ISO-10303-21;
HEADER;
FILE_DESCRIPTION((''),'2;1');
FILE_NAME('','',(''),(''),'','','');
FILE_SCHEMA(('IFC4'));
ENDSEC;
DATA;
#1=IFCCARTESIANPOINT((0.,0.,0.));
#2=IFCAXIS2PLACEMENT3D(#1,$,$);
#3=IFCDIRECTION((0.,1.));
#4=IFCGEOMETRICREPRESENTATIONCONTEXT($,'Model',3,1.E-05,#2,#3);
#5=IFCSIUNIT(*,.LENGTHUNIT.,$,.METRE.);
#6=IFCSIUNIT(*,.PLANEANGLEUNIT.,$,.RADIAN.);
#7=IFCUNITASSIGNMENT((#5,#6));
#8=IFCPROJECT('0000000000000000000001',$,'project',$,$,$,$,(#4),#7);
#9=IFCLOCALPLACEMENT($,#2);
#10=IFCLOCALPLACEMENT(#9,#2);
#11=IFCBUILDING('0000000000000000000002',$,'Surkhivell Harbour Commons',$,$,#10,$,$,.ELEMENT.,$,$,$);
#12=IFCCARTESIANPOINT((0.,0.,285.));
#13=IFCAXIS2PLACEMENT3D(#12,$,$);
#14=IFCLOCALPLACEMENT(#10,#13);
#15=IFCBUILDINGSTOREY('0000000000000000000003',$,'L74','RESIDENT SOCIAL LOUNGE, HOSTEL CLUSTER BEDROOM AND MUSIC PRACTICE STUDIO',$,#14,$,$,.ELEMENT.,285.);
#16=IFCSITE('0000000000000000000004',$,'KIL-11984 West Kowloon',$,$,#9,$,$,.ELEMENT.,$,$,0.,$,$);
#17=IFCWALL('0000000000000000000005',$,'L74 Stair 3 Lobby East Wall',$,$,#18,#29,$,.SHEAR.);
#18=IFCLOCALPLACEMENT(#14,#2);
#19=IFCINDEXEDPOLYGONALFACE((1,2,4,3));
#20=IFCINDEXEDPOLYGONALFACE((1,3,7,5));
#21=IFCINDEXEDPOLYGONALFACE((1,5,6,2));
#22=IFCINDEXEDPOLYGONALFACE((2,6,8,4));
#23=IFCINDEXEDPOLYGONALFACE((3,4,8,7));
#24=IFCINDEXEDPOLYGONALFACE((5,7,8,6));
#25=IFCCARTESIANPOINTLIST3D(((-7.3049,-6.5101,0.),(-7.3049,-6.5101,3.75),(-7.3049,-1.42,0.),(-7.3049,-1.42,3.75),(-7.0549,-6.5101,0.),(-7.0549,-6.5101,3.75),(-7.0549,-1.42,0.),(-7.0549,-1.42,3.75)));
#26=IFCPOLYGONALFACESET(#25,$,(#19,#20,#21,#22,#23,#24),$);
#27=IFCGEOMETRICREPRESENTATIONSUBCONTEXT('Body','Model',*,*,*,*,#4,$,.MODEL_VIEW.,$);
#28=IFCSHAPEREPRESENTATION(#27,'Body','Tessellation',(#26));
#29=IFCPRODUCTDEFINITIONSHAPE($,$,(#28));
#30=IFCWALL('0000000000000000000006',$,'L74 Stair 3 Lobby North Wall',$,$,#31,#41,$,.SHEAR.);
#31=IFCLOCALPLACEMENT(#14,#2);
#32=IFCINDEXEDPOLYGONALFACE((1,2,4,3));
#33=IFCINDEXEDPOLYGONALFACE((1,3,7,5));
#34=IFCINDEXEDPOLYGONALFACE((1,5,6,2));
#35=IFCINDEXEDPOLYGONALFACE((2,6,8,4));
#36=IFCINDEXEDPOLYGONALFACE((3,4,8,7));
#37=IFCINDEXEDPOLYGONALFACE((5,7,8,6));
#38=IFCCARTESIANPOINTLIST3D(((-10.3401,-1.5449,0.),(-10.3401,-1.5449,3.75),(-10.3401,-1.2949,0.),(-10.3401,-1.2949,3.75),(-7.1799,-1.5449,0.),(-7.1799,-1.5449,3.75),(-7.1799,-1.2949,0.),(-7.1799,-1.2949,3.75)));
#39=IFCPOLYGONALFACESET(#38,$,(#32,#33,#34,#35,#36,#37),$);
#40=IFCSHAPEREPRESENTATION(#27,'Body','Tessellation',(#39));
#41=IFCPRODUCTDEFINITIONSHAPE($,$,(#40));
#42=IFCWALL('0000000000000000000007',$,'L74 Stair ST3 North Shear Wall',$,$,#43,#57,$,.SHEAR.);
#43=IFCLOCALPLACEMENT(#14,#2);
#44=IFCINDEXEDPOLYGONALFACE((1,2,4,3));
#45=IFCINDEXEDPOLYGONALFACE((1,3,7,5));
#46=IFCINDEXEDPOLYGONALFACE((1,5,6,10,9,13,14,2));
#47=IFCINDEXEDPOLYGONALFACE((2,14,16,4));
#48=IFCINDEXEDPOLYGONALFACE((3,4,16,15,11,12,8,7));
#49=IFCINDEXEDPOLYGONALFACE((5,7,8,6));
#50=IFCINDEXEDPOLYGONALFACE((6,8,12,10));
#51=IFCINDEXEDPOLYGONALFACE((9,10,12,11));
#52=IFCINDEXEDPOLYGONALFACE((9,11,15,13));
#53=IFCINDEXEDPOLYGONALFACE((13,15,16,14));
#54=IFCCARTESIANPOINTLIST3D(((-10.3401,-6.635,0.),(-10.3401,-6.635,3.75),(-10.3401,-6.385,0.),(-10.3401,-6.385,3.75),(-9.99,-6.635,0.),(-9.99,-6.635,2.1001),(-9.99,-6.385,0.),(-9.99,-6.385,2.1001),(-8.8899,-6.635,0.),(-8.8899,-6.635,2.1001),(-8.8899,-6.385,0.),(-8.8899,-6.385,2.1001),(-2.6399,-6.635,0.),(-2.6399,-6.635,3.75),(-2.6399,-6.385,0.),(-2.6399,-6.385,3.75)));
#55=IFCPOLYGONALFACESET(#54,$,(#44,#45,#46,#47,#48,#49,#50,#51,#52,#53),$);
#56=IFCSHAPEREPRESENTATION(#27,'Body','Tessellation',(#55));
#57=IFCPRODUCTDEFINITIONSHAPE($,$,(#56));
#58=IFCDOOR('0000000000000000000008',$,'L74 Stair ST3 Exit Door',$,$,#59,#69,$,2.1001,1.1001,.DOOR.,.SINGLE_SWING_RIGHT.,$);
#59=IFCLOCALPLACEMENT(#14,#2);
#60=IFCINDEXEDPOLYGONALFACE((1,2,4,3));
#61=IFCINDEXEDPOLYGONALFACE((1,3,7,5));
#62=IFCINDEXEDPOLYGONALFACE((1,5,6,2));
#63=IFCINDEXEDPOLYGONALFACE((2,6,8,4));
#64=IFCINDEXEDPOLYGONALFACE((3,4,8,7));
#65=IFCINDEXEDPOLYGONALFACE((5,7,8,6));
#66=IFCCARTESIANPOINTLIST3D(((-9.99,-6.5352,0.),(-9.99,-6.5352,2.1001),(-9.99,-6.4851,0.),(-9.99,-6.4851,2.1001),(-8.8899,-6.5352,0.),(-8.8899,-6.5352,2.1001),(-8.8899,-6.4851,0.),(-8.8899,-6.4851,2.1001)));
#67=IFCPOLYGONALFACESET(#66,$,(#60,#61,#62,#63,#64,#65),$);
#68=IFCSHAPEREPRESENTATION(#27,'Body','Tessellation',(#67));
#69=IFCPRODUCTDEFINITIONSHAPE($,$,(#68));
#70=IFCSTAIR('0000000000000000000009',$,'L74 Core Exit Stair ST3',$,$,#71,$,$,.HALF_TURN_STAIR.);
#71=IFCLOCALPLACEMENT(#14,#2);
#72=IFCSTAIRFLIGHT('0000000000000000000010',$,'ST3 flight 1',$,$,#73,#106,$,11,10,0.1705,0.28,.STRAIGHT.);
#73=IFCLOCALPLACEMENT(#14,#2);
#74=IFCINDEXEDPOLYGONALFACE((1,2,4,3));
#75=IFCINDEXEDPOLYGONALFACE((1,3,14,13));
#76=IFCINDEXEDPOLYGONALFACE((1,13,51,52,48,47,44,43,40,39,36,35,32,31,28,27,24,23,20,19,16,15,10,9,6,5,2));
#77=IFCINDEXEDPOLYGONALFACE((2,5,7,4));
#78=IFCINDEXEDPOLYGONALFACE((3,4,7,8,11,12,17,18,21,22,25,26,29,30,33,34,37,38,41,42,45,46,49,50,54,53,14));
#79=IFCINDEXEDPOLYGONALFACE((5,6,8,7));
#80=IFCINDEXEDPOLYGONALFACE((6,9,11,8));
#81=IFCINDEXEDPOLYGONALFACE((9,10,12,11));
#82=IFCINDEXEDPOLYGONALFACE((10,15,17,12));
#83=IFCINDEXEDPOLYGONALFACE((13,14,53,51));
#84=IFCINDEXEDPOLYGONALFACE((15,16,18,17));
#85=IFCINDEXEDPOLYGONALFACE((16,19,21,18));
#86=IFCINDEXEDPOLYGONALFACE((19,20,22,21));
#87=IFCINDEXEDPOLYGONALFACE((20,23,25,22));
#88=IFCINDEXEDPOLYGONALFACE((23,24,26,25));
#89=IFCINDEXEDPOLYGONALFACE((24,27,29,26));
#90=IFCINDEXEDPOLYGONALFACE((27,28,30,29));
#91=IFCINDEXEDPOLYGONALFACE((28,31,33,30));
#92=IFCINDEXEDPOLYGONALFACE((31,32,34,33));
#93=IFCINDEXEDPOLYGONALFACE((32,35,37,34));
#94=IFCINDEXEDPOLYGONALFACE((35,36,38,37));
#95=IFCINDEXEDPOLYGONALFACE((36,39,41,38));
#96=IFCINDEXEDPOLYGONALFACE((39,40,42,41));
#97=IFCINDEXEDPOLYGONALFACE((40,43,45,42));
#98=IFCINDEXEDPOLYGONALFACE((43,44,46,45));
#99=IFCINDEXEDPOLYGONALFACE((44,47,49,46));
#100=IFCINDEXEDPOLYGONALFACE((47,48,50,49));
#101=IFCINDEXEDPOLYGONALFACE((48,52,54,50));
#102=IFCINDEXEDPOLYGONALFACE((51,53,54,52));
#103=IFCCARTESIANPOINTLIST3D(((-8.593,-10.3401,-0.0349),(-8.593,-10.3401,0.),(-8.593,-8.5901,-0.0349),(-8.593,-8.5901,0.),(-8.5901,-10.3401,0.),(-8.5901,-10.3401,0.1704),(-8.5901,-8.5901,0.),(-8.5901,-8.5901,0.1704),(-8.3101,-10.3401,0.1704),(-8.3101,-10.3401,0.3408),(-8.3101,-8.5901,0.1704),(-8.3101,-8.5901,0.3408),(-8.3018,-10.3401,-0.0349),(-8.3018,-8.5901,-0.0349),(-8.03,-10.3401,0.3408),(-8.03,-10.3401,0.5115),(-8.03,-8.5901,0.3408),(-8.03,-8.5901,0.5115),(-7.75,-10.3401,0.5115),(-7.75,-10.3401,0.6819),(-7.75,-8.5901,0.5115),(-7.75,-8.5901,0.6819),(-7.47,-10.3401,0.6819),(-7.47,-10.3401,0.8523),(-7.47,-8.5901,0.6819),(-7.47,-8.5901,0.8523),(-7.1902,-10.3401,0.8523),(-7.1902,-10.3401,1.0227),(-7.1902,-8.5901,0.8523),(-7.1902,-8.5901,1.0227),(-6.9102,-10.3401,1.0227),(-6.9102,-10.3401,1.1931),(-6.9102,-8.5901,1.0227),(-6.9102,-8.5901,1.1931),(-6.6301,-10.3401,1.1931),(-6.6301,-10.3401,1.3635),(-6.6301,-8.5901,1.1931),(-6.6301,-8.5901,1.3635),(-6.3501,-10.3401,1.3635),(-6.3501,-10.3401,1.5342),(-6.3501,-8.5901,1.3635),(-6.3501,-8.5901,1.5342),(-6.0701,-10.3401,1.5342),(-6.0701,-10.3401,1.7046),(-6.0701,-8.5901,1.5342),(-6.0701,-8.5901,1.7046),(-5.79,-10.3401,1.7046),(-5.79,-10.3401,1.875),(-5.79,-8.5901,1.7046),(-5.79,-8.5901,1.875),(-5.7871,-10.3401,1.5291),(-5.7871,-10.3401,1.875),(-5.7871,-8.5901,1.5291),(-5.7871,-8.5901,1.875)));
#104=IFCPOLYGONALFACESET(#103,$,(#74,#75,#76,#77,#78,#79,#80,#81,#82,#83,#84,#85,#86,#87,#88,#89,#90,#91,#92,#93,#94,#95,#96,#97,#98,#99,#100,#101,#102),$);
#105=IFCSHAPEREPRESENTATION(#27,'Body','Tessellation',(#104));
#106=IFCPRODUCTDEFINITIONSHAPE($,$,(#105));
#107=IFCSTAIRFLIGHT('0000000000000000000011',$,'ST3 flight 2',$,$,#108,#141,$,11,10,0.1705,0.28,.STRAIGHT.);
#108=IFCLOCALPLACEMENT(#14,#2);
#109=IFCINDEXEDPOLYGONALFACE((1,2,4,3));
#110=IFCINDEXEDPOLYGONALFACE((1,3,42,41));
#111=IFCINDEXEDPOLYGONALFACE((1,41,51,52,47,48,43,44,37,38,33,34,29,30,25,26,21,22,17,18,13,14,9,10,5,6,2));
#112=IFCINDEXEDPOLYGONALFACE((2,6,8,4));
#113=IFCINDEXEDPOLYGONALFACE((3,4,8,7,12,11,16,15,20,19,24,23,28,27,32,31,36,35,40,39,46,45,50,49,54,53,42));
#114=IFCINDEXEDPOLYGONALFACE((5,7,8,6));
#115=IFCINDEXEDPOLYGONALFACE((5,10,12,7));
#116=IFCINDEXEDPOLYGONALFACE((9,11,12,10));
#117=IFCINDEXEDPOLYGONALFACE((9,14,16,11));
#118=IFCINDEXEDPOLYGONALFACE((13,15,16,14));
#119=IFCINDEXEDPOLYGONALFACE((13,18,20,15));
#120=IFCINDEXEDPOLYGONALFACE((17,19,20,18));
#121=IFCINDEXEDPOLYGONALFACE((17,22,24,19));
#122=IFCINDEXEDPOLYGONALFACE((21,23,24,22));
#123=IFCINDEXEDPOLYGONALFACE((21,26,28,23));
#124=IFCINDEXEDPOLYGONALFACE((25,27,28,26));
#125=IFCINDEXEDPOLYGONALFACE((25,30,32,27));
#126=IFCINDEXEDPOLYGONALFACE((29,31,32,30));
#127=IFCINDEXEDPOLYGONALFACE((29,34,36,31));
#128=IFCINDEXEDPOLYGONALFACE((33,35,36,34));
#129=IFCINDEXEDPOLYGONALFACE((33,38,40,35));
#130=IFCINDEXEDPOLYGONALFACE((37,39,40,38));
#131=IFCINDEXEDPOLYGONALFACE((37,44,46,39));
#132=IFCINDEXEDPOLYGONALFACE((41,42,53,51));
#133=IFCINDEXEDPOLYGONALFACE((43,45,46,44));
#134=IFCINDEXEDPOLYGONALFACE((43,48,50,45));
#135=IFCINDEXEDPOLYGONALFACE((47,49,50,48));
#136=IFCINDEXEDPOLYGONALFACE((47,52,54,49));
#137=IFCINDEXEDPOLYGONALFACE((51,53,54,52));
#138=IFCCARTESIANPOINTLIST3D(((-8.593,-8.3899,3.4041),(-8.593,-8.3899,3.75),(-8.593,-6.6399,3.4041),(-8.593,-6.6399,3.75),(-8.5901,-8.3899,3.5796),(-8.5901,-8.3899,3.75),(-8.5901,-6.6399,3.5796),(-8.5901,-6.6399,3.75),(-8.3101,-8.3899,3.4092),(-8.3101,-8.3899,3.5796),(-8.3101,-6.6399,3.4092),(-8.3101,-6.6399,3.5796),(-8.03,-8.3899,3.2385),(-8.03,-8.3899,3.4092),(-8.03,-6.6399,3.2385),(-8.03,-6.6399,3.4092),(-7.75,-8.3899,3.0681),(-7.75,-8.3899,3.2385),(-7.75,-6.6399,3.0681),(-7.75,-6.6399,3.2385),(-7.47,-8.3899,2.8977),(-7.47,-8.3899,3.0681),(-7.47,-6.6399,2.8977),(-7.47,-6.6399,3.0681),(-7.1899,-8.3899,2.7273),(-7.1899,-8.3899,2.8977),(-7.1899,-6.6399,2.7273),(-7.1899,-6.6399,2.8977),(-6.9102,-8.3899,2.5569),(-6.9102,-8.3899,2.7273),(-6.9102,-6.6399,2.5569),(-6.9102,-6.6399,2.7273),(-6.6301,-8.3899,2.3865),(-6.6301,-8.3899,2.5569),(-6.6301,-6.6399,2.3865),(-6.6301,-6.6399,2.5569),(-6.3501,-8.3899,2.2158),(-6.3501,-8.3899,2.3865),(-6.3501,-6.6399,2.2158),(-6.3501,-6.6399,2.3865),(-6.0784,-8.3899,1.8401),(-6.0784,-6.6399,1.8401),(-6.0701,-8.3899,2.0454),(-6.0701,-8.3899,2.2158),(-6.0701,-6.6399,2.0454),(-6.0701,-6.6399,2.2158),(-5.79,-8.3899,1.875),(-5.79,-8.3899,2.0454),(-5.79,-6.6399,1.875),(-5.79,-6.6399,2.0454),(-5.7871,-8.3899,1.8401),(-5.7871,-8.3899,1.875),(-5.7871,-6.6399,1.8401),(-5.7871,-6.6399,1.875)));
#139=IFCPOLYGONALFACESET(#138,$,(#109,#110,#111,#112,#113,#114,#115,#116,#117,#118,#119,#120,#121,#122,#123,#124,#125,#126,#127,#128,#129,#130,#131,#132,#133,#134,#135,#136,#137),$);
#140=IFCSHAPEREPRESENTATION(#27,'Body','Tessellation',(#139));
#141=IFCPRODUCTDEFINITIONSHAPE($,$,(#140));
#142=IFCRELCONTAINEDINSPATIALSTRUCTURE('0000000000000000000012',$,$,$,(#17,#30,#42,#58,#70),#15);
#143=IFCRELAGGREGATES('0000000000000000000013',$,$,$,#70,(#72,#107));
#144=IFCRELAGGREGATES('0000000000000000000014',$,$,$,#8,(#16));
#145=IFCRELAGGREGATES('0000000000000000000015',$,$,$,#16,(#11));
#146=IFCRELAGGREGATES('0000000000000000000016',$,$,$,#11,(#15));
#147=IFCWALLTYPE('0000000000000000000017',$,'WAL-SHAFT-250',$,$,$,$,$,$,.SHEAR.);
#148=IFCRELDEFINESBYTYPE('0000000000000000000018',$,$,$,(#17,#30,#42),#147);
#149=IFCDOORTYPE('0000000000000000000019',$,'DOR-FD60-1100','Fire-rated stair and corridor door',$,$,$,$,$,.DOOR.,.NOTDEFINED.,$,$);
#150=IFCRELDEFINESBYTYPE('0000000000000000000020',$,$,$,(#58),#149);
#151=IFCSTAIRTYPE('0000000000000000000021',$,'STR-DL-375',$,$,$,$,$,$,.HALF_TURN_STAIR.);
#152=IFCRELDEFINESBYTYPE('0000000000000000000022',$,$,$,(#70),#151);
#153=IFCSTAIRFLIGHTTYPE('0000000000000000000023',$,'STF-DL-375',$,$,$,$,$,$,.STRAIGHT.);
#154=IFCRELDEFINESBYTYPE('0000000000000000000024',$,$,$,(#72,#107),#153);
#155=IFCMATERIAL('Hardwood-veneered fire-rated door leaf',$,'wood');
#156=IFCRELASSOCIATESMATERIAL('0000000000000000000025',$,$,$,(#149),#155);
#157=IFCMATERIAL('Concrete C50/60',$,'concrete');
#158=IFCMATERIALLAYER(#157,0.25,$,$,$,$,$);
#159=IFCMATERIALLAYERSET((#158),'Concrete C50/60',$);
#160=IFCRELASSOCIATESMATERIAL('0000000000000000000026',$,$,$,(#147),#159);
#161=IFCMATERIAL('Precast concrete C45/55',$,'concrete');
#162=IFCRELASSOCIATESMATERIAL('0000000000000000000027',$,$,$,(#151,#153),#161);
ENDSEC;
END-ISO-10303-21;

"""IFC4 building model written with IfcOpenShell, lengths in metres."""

from ifc_helpers import new_model, si_unit, direction, frame, frame_2d, origin, place, context, subcontext, project, spatial, polyline, rectangle, outline, extrude, material, layer, layer_set, type_object, element, fill, aggregate, save


model = new_model("IFC4")

# Units and contexts
model_context = context("Model", 3, precision=1e-05, world=origin(), true_north=direction((0.0, 1.0)))
body_context = subcontext(model_context, "Body", "Model", "MODEL_VIEW")
ifc_project = project(units=[si_unit("LENGTHUNIT", "METRE"), si_unit("PLANEANGLEUNIT", "RADIAN")], contexts=[model_context])

# Site, building, storey
site_placement = place(None, origin())
site = spatial("IfcSite", under=ifc_project, at=site_placement, Name="KIL-11984 West Kowloon", CompositionType="ELEMENT", RefElevation=0.0)
building_placement = place(site_placement, origin())
building = spatial("IfcBuilding", under=site, at=building_placement, Name="Surkhivell Harbour Commons", CompositionType="ELEMENT")
storey_placement = place(building_placement, frame((0.0, 0.0, 285.0)))
storey = spatial("IfcBuildingStorey", under=building, at=storey_placement, Name="L74", Description="RESIDENT SOCIAL LOUNGE, HOSTEL CLUSTER BEDROOM AND MUSIC PRACTICE STUDIO", CompositionType="ELEMENT", Elevation=285.0)

# Shared definitions
ifc_material_1 = material(Name="Concrete C50/60", Category="concrete")

# Shared definitions
ifc_material_2 = material(Name="Hardwood-veneered fire-rated door leaf", Category="wood")
door_type_1 = type_object("IfcDoorType", Name="DOR-FD60-1100", Description="Fire-rated stair and corridor door", OperationType="NOTDEFINED", PredefinedType="DOOR", material=ifc_material_2)

# Walls
ifc_layer_1 = layer(ifc_material_1, 0.25)
ifc_layer_set_1 = layer_set([ifc_layer_1], Name="Concrete C50/60")
wall_type_1 = type_object("IfcWallType", Name="WAL-SHAFT-250", PredefinedType="SHEAR", material=ifc_layer_set_1)
wall_1_placement = place(storey_placement, frame((-7.1799, -6.51, 0.0), z_axis=(0.0, 0.0, 1.0), x_axis=(0.0, 1.0, 0.0)))
element("IfcWall", 1, at=wall_1_placement, inside=storey, type_object=wall_type_1, Name="L74 Stair 3 Lobby East Wall", PredefinedType="SHEAR", context=body_context, shape_type="SweptSolid", body=[
    extrude(rectangle(XDim=5.0901, YDim=0.25, at=frame_2d((2.5449, 0.0))), origin(), (0.0, 0.0, 1.0), 3.75),
])
wall_2_placement = place(storey_placement, frame((-10.3401, -1.4199, 0.0), z_axis=(0.0, 0.0, 1.0), x_axis=(1.0, 0.0, 0.0)))
element("IfcWall", 2, at=wall_2_placement, inside=storey, type_object=wall_type_1, Name="L74 Stair 3 Lobby North Wall", PredefinedType="SHEAR", context=body_context, shape_type="SweptSolid", body=[
    extrude(rectangle(XDim=3.1602, YDim=0.25, at=frame_2d((1.5801, 0.0))), origin(), (0.0, 0.0, 1.0), 3.75),
])

# Wall, opening, door
wall_3_placement = place(storey_placement, frame((-10.3401, -6.51, 0.0), z_axis=(0.0, 0.0, 1.0), x_axis=(1.0, 0.0, 0.0)))
wall_3 = element("IfcWall", 3, at=wall_3_placement, inside=storey, type_object=wall_type_1, Name="L74 Stair ST3 North Shear Wall", PredefinedType="SHEAR", context=body_context, shape_type="SweptSolid", body=[
    extrude(rectangle(XDim=7.7002, YDim=0.25, at=frame_2d((3.8501, 0.0))), origin(), (0.0, 0.0, 1.0), 3.75),
])
opening_1_placement = place(wall_3_placement, frame((0.3501, 0.0, 0.0)))
opening_1 = element("IfcOpeningElement", 4, at=opening_1_placement, cuts=wall_3, PredefinedType="OPENING", context=body_context, shape_type="SweptSolid", body=[
    extrude(rectangle(XDim=1.1001, YDim=2.1001, at=frame_2d((0.55, 1.05))), frame((0.0, 0.135, 0.0), z_axis=(0.0, -1.0, 0.0), x_axis=(1.0, 0.0, 0.0)), (0.0, 0.0, 1.0), 0.27),
])
door_1_placement = place(opening_1_placement, origin())
door_1 = element("IfcDoor", 5, at=door_1_placement, inside=storey, type_object=door_type_1, Name="L74 Stair ST3 Exit Door", OperationType="SINGLE_SWING_RIGHT", OverallHeight=2.1001, OverallWidth=1.1001, PredefinedType="DOOR", context=body_context, shape_type="SweptSolid", body=[
    extrude(rectangle(XDim=1.1001, YDim=2.1001, at=frame_2d((0.55, 1.05))), frame((0.0, 0.0249, 0.0), z_axis=(0.0, -1.0, 0.0), x_axis=(1.0, 0.0, 0.0)), (0.0, 0.0, 1.0), 0.05),
])
fill(opening_1, door_1)

# Stair, stair flights
ifc_material_3 = material(Name="Precast concrete C45/55", Category="concrete")
stair_type = type_object("IfcStairType", Name="STR-DL-375", PredefinedType="HALF_TURN_STAIR", material=ifc_material_3)
stair_placement = place(storey_placement, origin())
stair = element("IfcStair", 6, at=stair_placement, inside=storey, type_object=stair_type, Name="L74 Core Exit Stair ST3", PredefinedType="HALF_TURN_STAIR")
stair_flight_type = type_object("IfcStairFlightType", Name="STF-DL-375", PredefinedType="STRAIGHT", material=ifc_material_3)
stair_flight_1_placement = place(storey_placement, frame((-8.5901, -9.4651, 0.0), z_axis=(0.0, 0.0, 1.0), x_axis=(1.0, 0.0, 0.0)))
stair_flight_1 = element("IfcStairFlight", 7, at=stair_flight_1_placement, type_object=stair_flight_type, Name="ST3 flight 1", NumberOfRisers=11, NumberOfTreads=10, PredefinedType="STRAIGHT", RiserHeight=0.1705, TreadLength=0.28, context=body_context, shape_type="SweptSolid", body=[
    extrude(outline(polyline([(-0.0029, -0.0349), (-0.0029, 0.0), (0.0, 0.0), (0.0, 0.1704), (0.28, 0.1704), (0.28, 0.3408), (0.5601, 0.3408), (0.5601, 0.5115), (0.8401, 0.5115), (0.8401, 0.6819), (1.1201, 0.6819), (1.1201, 0.8523), (1.3999, 0.8523), (1.3999, 1.0227), (1.6799, 1.0227), (1.6799, 1.1931), (1.96, 1.1931), (1.96, 1.3635), (2.24, 1.3635), (2.24, 1.5342), (2.52, 1.5342), (2.52, 1.7046), (2.8, 1.7046), (2.8, 1.875), (2.803, 1.875), (2.803, 1.5291), (0.2883, -0.0349), (-0.0029, -0.0349)])), frame((0.0, 0.875, 0.0), z_axis=(0.0, -1.0, 0.0), x_axis=(1.0, 0.0, 0.0)), (0.0, 0.0, 1.0), 1.75),
])
stair_flight_2_placement = place(storey_placement, frame((-5.79, -7.5149, 1.875), z_axis=(0.0, 0.0, 1.0), x_axis=(-1.0, 0.0, 0.0)))
stair_flight_2 = element("IfcStairFlight", 8, at=stair_flight_2_placement, type_object=stair_flight_type, Name="ST3 flight 2", NumberOfRisers=11, NumberOfTreads=10, PredefinedType="STRAIGHT", RiserHeight=0.1705, TreadLength=0.28, context=body_context, shape_type="SweptSolid", body=[
    extrude(outline(polyline([(-0.0029, -0.0349), (-0.0029, 0.0), (0.0, 0.0), (0.0, 0.1704), (0.28, 0.1704), (0.28, 0.3408), (0.5601, 0.3408), (0.5601, 0.5115), (0.8401, 0.5115), (0.8401, 0.6819), (1.1201, 0.6819), (1.1201, 0.8523), (1.3999, 0.8523), (1.3999, 1.0227), (1.6799, 1.0227), (1.6799, 1.1931), (1.96, 1.1931), (1.96, 1.3635), (2.24, 1.3635), (2.24, 1.5342), (2.52, 1.5342), (2.52, 1.7046), (2.8, 1.7046), (2.8, 1.875), (2.803, 1.875), (2.803, 1.5291), (0.2883, -0.0349), (-0.0029, -0.0349)])), frame((0.0, 0.875, 0.0), z_axis=(0.0, -1.0, 0.0), x_axis=(1.0, 0.0, 0.0)), (0.0, 0.0, 1.0), 1.75),
])
aggregate(stair, [stair_flight_1, stair_flight_2])

save(model, "model.ifc")
